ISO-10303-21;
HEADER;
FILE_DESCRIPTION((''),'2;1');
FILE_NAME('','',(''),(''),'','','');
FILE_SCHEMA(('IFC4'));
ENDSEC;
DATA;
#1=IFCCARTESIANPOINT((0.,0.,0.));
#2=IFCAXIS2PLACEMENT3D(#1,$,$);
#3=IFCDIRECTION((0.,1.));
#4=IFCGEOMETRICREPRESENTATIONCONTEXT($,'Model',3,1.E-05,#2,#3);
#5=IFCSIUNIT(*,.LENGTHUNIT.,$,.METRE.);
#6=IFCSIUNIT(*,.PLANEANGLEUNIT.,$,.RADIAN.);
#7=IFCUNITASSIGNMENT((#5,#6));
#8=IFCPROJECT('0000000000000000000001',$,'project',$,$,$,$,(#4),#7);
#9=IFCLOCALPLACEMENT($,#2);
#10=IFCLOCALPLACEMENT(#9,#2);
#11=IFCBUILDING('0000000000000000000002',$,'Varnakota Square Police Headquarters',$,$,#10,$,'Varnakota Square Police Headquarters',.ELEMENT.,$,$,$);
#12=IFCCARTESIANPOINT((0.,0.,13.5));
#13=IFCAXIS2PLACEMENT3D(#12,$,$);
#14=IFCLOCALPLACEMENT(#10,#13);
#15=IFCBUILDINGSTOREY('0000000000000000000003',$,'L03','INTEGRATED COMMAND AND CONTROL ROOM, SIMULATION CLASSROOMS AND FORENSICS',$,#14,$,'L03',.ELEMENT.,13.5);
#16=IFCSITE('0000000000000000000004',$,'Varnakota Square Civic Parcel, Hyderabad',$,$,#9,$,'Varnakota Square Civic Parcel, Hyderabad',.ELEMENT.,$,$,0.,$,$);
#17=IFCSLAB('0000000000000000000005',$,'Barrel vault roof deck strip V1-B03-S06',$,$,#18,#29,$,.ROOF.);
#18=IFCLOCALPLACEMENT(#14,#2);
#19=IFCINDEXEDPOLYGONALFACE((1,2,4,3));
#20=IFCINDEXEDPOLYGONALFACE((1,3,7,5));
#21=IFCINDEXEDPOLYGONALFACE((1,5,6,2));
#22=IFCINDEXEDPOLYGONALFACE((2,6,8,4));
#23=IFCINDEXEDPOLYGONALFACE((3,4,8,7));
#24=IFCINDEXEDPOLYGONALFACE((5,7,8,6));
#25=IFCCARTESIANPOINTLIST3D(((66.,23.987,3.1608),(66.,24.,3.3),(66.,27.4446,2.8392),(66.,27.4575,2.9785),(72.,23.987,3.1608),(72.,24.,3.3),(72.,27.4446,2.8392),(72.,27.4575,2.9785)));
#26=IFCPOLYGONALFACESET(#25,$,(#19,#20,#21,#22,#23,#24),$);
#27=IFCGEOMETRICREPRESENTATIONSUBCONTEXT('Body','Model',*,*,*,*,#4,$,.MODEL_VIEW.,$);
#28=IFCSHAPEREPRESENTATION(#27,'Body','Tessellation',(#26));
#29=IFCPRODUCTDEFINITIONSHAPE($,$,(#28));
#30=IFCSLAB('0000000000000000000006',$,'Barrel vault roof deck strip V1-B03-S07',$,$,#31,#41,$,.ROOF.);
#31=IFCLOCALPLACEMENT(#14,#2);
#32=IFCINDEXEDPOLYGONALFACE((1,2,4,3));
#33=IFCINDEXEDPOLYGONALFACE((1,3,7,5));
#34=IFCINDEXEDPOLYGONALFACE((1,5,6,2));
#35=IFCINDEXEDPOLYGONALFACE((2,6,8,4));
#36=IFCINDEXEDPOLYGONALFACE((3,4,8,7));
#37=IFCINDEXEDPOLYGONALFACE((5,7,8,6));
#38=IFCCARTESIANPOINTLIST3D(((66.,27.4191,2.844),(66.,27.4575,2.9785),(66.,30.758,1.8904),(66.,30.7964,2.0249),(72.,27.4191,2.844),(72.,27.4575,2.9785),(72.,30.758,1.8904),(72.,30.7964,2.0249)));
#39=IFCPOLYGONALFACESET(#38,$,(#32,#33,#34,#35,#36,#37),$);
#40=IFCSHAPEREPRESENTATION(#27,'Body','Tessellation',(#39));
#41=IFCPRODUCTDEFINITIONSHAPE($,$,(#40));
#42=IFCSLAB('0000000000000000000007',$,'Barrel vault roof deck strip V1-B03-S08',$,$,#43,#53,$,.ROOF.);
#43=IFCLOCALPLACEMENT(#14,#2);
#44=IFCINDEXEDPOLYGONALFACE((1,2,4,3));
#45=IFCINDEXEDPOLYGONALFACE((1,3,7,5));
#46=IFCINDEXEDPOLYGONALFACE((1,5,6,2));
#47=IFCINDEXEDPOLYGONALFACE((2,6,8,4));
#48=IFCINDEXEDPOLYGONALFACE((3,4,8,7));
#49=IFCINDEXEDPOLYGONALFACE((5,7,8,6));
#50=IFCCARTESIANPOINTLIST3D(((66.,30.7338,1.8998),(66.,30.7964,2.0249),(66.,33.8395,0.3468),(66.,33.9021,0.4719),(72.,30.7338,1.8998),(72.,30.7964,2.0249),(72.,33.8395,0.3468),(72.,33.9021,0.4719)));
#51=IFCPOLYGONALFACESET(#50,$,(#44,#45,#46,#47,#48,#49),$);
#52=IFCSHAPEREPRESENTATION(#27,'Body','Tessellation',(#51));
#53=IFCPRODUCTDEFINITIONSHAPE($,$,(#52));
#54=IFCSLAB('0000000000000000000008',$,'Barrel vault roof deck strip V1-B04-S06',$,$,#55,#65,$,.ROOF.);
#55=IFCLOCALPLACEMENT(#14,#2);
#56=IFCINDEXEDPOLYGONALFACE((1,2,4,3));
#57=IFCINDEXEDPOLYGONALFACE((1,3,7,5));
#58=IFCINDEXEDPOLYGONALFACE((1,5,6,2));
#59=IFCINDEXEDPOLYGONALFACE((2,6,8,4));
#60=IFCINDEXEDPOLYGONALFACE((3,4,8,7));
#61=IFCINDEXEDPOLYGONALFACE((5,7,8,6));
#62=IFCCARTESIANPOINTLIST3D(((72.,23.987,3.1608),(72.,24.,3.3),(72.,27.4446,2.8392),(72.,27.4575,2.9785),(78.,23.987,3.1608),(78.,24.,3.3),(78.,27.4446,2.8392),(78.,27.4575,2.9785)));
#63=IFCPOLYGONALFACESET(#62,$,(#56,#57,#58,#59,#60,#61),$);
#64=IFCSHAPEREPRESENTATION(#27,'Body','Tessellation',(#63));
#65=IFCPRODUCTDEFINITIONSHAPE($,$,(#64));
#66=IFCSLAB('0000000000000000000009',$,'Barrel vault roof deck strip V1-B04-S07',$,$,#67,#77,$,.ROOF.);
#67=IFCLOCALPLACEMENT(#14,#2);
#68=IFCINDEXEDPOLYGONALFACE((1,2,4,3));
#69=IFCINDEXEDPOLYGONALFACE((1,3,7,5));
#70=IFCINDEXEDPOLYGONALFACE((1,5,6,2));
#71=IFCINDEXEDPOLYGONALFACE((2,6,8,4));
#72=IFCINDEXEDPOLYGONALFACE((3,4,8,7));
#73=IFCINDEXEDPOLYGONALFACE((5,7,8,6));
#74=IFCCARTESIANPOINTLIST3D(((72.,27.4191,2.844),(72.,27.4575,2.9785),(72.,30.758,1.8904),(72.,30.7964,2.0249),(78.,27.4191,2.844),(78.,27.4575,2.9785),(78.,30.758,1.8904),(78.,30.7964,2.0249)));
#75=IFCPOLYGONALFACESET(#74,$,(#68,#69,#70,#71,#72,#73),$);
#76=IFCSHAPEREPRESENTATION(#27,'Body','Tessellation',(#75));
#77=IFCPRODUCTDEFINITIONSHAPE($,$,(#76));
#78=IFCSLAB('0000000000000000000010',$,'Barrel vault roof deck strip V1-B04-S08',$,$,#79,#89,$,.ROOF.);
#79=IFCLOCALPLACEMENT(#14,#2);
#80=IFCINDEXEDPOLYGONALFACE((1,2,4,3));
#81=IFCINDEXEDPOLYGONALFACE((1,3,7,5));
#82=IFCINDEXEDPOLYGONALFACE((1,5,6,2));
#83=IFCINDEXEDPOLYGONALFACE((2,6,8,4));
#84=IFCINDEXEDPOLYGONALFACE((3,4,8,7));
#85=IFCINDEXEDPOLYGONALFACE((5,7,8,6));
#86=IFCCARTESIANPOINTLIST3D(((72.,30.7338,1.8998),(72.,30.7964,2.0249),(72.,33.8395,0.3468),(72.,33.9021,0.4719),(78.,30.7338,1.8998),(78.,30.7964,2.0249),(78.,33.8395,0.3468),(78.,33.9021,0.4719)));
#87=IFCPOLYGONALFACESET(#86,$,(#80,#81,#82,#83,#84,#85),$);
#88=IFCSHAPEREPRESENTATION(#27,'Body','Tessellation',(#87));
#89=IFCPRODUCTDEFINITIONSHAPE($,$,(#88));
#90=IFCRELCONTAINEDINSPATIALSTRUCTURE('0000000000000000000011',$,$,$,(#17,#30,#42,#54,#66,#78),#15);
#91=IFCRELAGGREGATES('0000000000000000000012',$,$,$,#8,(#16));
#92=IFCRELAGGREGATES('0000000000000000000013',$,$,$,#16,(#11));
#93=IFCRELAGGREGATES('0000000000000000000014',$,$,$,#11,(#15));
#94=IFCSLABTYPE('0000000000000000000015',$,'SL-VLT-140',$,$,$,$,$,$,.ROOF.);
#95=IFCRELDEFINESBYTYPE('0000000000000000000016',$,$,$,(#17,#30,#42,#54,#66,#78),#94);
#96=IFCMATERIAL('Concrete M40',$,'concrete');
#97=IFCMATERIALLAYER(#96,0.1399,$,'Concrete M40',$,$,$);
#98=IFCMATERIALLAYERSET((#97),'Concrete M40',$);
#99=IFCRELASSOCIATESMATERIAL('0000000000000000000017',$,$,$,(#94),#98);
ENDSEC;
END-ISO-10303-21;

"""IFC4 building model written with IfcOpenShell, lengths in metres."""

from ifc_helpers import new_model, si_unit, direction, frame, origin, place, context, subcontext, project, spatial, polyline, outline, extrude, material, layer, layer_set, type_object, element, save


model = new_model("IFC4")

# Units and contexts
model_context = context("Model", 3, precision=1e-05, world=origin(), true_north=direction((0.0, 1.0)))
body_context = subcontext(model_context, "Body", "Model", "MODEL_VIEW")
ifc_project = project(units=[si_unit("LENGTHUNIT", "METRE"), si_unit("PLANEANGLEUNIT", "RADIAN")], contexts=[model_context])

# Site, building, storey
site_placement = place(None, origin())
site = spatial("IfcSite", under=ifc_project, at=site_placement, Name="Varnakota Square Civic Parcel, Hyderabad", LongName="Varnakota Square Civic Parcel, Hyderabad", CompositionType="ELEMENT", RefElevation=0.0)
building_placement = place(site_placement, origin())
building = spatial("IfcBuilding", under=site, at=building_placement, Name="Varnakota Square Police Headquarters", LongName="Varnakota Square Police Headquarters", CompositionType="ELEMENT")
storey_placement = place(building_placement, frame((0.0, 0.0, 13.5)))
storey = spatial("IfcBuildingStorey", under=building, at=storey_placement, Name="L03", Description="INTEGRATED COMMAND AND CONTROL ROOM, SIMULATION CLASSROOMS AND FORENSICS", LongName="L03", CompositionType="ELEMENT", Elevation=13.5)

# Slabs
ifc_material_1 = material(Name="Concrete M40", Category="concrete")
ifc_layer = layer(ifc_material_1, 0.1399, Name="Concrete M40")
ifc_layer_set = layer_set([ifc_layer], Name="Concrete M40")
slab_type = type_object("IfcSlabType", Name="SL-VLT-140", PredefinedType="ROOF", material=ifc_layer_set)
slab_1_placement = place(storey_placement, frame((66.0, 24.0, 3.3), z_axis=(0.0, 0.092596, 0.995704), x_axis=(1.0, 0.0, 0.0)))
element("IfcSlab", 1, at=slab_1_placement, inside=storey, type_object=slab_type, Name="Barrel vault roof deck strip V1-B03-S06", PredefinedType="ROOF", context=body_context, shape_type="SweptSolid", body=[
    extrude(outline(polyline([(0.0, 0.0), (6.0, 0.0), (6.0, 3.4724), (0.0, 3.4724), (0.0, 0.0)])), origin(), (0.0, 0.0, -1.0), 0.1399),
])
slab_2_placement = place(storey_placement, frame((66.0, 27.4575, 2.9785), z_axis=(0.0, 0.274628, 0.96155), x_axis=(1.0, 0.0, 0.0)))
element("IfcSlab", 2, at=slab_2_placement, inside=storey, type_object=slab_type, Name="Barrel vault roof deck strip V1-B03-S07", PredefinedType="ROOF", context=body_context, shape_type="SweptSolid", body=[
    extrude(outline(polyline([(0.0, 0.0), (6.0, 0.0), (6.0, 3.4724), (0.0, 3.4724), (0.0, 0.0)])), origin(), (0.0, 0.0, -1.0), 0.1399),
])
slab_3_placement = place(storey_placement, frame((66.0, 30.7964, 2.0249), z_axis=(0.0, 0.447242, 0.894413), x_axis=(1.0, 0.0, 0.0)))
element("IfcSlab", 3, at=slab_3_placement, inside=storey, type_object=slab_type, Name="Barrel vault roof deck strip V1-B03-S08", PredefinedType="ROOF", context=body_context, shape_type="SweptSolid", body=[
    extrude(outline(polyline([(0.0, 0.0), (6.0, 0.0), (6.0, 3.4723), (0.0, 3.4723), (0.0, 0.0)])), origin(), (0.0, 0.0, -1.0), 0.1399),
])
slab_4_placement = place(storey_placement, frame((72.0, 24.0, 3.3), z_axis=(0.0, 0.092596, 0.995704), x_axis=(1.0, 0.0, 0.0)))
element("IfcSlab", 4, at=slab_4_placement, inside=storey, type_object=slab_type, Name="Barrel vault roof deck strip V1-B04-S06", PredefinedType="ROOF", context=body_context, shape_type="SweptSolid", body=[
    extrude(outline(polyline([(0.0, 0.0), (6.0, 0.0), (6.0, 3.4724), (0.0, 3.4724), (0.0, 0.0)])), origin(), (0.0, 0.0, -1.0), 0.1399),
])
slab_5_placement = place(storey_placement, frame((72.0, 27.4575, 2.9785), z_axis=(0.0, 0.274628, 0.96155), x_axis=(1.0, 0.0, 0.0)))
element("IfcSlab", 5, at=slab_5_placement, inside=storey, type_object=slab_type, Name="Barrel vault roof deck strip V1-B04-S07", PredefinedType="ROOF", context=body_context, shape_type="SweptSolid", body=[
    extrude(outline(polyline([(0.0, 0.0), (6.0, 0.0), (6.0, 3.4724), (0.0, 3.4724), (0.0, 0.0)])), origin(), (0.0, 0.0, -1.0), 0.1399),
])
slab_6_placement = place(storey_placement, frame((72.0, 30.7964, 2.0249), z_axis=(0.0, 0.447242, 0.894413), x_axis=(1.0, 0.0, 0.0)))
element("IfcSlab", 6, at=slab_6_placement, inside=storey, type_object=slab_type, Name="Barrel vault roof deck strip V1-B04-S08", PredefinedType="ROOF", context=body_context, shape_type="SweptSolid", body=[
    extrude(outline(polyline([(0.0, 0.0), (6.0, 0.0), (6.0, 3.4723), (0.0, 3.4723), (0.0, 0.0)])), origin(), (0.0, 0.0, -1.0), 0.1399),
])

save(model, "model.ifc")
